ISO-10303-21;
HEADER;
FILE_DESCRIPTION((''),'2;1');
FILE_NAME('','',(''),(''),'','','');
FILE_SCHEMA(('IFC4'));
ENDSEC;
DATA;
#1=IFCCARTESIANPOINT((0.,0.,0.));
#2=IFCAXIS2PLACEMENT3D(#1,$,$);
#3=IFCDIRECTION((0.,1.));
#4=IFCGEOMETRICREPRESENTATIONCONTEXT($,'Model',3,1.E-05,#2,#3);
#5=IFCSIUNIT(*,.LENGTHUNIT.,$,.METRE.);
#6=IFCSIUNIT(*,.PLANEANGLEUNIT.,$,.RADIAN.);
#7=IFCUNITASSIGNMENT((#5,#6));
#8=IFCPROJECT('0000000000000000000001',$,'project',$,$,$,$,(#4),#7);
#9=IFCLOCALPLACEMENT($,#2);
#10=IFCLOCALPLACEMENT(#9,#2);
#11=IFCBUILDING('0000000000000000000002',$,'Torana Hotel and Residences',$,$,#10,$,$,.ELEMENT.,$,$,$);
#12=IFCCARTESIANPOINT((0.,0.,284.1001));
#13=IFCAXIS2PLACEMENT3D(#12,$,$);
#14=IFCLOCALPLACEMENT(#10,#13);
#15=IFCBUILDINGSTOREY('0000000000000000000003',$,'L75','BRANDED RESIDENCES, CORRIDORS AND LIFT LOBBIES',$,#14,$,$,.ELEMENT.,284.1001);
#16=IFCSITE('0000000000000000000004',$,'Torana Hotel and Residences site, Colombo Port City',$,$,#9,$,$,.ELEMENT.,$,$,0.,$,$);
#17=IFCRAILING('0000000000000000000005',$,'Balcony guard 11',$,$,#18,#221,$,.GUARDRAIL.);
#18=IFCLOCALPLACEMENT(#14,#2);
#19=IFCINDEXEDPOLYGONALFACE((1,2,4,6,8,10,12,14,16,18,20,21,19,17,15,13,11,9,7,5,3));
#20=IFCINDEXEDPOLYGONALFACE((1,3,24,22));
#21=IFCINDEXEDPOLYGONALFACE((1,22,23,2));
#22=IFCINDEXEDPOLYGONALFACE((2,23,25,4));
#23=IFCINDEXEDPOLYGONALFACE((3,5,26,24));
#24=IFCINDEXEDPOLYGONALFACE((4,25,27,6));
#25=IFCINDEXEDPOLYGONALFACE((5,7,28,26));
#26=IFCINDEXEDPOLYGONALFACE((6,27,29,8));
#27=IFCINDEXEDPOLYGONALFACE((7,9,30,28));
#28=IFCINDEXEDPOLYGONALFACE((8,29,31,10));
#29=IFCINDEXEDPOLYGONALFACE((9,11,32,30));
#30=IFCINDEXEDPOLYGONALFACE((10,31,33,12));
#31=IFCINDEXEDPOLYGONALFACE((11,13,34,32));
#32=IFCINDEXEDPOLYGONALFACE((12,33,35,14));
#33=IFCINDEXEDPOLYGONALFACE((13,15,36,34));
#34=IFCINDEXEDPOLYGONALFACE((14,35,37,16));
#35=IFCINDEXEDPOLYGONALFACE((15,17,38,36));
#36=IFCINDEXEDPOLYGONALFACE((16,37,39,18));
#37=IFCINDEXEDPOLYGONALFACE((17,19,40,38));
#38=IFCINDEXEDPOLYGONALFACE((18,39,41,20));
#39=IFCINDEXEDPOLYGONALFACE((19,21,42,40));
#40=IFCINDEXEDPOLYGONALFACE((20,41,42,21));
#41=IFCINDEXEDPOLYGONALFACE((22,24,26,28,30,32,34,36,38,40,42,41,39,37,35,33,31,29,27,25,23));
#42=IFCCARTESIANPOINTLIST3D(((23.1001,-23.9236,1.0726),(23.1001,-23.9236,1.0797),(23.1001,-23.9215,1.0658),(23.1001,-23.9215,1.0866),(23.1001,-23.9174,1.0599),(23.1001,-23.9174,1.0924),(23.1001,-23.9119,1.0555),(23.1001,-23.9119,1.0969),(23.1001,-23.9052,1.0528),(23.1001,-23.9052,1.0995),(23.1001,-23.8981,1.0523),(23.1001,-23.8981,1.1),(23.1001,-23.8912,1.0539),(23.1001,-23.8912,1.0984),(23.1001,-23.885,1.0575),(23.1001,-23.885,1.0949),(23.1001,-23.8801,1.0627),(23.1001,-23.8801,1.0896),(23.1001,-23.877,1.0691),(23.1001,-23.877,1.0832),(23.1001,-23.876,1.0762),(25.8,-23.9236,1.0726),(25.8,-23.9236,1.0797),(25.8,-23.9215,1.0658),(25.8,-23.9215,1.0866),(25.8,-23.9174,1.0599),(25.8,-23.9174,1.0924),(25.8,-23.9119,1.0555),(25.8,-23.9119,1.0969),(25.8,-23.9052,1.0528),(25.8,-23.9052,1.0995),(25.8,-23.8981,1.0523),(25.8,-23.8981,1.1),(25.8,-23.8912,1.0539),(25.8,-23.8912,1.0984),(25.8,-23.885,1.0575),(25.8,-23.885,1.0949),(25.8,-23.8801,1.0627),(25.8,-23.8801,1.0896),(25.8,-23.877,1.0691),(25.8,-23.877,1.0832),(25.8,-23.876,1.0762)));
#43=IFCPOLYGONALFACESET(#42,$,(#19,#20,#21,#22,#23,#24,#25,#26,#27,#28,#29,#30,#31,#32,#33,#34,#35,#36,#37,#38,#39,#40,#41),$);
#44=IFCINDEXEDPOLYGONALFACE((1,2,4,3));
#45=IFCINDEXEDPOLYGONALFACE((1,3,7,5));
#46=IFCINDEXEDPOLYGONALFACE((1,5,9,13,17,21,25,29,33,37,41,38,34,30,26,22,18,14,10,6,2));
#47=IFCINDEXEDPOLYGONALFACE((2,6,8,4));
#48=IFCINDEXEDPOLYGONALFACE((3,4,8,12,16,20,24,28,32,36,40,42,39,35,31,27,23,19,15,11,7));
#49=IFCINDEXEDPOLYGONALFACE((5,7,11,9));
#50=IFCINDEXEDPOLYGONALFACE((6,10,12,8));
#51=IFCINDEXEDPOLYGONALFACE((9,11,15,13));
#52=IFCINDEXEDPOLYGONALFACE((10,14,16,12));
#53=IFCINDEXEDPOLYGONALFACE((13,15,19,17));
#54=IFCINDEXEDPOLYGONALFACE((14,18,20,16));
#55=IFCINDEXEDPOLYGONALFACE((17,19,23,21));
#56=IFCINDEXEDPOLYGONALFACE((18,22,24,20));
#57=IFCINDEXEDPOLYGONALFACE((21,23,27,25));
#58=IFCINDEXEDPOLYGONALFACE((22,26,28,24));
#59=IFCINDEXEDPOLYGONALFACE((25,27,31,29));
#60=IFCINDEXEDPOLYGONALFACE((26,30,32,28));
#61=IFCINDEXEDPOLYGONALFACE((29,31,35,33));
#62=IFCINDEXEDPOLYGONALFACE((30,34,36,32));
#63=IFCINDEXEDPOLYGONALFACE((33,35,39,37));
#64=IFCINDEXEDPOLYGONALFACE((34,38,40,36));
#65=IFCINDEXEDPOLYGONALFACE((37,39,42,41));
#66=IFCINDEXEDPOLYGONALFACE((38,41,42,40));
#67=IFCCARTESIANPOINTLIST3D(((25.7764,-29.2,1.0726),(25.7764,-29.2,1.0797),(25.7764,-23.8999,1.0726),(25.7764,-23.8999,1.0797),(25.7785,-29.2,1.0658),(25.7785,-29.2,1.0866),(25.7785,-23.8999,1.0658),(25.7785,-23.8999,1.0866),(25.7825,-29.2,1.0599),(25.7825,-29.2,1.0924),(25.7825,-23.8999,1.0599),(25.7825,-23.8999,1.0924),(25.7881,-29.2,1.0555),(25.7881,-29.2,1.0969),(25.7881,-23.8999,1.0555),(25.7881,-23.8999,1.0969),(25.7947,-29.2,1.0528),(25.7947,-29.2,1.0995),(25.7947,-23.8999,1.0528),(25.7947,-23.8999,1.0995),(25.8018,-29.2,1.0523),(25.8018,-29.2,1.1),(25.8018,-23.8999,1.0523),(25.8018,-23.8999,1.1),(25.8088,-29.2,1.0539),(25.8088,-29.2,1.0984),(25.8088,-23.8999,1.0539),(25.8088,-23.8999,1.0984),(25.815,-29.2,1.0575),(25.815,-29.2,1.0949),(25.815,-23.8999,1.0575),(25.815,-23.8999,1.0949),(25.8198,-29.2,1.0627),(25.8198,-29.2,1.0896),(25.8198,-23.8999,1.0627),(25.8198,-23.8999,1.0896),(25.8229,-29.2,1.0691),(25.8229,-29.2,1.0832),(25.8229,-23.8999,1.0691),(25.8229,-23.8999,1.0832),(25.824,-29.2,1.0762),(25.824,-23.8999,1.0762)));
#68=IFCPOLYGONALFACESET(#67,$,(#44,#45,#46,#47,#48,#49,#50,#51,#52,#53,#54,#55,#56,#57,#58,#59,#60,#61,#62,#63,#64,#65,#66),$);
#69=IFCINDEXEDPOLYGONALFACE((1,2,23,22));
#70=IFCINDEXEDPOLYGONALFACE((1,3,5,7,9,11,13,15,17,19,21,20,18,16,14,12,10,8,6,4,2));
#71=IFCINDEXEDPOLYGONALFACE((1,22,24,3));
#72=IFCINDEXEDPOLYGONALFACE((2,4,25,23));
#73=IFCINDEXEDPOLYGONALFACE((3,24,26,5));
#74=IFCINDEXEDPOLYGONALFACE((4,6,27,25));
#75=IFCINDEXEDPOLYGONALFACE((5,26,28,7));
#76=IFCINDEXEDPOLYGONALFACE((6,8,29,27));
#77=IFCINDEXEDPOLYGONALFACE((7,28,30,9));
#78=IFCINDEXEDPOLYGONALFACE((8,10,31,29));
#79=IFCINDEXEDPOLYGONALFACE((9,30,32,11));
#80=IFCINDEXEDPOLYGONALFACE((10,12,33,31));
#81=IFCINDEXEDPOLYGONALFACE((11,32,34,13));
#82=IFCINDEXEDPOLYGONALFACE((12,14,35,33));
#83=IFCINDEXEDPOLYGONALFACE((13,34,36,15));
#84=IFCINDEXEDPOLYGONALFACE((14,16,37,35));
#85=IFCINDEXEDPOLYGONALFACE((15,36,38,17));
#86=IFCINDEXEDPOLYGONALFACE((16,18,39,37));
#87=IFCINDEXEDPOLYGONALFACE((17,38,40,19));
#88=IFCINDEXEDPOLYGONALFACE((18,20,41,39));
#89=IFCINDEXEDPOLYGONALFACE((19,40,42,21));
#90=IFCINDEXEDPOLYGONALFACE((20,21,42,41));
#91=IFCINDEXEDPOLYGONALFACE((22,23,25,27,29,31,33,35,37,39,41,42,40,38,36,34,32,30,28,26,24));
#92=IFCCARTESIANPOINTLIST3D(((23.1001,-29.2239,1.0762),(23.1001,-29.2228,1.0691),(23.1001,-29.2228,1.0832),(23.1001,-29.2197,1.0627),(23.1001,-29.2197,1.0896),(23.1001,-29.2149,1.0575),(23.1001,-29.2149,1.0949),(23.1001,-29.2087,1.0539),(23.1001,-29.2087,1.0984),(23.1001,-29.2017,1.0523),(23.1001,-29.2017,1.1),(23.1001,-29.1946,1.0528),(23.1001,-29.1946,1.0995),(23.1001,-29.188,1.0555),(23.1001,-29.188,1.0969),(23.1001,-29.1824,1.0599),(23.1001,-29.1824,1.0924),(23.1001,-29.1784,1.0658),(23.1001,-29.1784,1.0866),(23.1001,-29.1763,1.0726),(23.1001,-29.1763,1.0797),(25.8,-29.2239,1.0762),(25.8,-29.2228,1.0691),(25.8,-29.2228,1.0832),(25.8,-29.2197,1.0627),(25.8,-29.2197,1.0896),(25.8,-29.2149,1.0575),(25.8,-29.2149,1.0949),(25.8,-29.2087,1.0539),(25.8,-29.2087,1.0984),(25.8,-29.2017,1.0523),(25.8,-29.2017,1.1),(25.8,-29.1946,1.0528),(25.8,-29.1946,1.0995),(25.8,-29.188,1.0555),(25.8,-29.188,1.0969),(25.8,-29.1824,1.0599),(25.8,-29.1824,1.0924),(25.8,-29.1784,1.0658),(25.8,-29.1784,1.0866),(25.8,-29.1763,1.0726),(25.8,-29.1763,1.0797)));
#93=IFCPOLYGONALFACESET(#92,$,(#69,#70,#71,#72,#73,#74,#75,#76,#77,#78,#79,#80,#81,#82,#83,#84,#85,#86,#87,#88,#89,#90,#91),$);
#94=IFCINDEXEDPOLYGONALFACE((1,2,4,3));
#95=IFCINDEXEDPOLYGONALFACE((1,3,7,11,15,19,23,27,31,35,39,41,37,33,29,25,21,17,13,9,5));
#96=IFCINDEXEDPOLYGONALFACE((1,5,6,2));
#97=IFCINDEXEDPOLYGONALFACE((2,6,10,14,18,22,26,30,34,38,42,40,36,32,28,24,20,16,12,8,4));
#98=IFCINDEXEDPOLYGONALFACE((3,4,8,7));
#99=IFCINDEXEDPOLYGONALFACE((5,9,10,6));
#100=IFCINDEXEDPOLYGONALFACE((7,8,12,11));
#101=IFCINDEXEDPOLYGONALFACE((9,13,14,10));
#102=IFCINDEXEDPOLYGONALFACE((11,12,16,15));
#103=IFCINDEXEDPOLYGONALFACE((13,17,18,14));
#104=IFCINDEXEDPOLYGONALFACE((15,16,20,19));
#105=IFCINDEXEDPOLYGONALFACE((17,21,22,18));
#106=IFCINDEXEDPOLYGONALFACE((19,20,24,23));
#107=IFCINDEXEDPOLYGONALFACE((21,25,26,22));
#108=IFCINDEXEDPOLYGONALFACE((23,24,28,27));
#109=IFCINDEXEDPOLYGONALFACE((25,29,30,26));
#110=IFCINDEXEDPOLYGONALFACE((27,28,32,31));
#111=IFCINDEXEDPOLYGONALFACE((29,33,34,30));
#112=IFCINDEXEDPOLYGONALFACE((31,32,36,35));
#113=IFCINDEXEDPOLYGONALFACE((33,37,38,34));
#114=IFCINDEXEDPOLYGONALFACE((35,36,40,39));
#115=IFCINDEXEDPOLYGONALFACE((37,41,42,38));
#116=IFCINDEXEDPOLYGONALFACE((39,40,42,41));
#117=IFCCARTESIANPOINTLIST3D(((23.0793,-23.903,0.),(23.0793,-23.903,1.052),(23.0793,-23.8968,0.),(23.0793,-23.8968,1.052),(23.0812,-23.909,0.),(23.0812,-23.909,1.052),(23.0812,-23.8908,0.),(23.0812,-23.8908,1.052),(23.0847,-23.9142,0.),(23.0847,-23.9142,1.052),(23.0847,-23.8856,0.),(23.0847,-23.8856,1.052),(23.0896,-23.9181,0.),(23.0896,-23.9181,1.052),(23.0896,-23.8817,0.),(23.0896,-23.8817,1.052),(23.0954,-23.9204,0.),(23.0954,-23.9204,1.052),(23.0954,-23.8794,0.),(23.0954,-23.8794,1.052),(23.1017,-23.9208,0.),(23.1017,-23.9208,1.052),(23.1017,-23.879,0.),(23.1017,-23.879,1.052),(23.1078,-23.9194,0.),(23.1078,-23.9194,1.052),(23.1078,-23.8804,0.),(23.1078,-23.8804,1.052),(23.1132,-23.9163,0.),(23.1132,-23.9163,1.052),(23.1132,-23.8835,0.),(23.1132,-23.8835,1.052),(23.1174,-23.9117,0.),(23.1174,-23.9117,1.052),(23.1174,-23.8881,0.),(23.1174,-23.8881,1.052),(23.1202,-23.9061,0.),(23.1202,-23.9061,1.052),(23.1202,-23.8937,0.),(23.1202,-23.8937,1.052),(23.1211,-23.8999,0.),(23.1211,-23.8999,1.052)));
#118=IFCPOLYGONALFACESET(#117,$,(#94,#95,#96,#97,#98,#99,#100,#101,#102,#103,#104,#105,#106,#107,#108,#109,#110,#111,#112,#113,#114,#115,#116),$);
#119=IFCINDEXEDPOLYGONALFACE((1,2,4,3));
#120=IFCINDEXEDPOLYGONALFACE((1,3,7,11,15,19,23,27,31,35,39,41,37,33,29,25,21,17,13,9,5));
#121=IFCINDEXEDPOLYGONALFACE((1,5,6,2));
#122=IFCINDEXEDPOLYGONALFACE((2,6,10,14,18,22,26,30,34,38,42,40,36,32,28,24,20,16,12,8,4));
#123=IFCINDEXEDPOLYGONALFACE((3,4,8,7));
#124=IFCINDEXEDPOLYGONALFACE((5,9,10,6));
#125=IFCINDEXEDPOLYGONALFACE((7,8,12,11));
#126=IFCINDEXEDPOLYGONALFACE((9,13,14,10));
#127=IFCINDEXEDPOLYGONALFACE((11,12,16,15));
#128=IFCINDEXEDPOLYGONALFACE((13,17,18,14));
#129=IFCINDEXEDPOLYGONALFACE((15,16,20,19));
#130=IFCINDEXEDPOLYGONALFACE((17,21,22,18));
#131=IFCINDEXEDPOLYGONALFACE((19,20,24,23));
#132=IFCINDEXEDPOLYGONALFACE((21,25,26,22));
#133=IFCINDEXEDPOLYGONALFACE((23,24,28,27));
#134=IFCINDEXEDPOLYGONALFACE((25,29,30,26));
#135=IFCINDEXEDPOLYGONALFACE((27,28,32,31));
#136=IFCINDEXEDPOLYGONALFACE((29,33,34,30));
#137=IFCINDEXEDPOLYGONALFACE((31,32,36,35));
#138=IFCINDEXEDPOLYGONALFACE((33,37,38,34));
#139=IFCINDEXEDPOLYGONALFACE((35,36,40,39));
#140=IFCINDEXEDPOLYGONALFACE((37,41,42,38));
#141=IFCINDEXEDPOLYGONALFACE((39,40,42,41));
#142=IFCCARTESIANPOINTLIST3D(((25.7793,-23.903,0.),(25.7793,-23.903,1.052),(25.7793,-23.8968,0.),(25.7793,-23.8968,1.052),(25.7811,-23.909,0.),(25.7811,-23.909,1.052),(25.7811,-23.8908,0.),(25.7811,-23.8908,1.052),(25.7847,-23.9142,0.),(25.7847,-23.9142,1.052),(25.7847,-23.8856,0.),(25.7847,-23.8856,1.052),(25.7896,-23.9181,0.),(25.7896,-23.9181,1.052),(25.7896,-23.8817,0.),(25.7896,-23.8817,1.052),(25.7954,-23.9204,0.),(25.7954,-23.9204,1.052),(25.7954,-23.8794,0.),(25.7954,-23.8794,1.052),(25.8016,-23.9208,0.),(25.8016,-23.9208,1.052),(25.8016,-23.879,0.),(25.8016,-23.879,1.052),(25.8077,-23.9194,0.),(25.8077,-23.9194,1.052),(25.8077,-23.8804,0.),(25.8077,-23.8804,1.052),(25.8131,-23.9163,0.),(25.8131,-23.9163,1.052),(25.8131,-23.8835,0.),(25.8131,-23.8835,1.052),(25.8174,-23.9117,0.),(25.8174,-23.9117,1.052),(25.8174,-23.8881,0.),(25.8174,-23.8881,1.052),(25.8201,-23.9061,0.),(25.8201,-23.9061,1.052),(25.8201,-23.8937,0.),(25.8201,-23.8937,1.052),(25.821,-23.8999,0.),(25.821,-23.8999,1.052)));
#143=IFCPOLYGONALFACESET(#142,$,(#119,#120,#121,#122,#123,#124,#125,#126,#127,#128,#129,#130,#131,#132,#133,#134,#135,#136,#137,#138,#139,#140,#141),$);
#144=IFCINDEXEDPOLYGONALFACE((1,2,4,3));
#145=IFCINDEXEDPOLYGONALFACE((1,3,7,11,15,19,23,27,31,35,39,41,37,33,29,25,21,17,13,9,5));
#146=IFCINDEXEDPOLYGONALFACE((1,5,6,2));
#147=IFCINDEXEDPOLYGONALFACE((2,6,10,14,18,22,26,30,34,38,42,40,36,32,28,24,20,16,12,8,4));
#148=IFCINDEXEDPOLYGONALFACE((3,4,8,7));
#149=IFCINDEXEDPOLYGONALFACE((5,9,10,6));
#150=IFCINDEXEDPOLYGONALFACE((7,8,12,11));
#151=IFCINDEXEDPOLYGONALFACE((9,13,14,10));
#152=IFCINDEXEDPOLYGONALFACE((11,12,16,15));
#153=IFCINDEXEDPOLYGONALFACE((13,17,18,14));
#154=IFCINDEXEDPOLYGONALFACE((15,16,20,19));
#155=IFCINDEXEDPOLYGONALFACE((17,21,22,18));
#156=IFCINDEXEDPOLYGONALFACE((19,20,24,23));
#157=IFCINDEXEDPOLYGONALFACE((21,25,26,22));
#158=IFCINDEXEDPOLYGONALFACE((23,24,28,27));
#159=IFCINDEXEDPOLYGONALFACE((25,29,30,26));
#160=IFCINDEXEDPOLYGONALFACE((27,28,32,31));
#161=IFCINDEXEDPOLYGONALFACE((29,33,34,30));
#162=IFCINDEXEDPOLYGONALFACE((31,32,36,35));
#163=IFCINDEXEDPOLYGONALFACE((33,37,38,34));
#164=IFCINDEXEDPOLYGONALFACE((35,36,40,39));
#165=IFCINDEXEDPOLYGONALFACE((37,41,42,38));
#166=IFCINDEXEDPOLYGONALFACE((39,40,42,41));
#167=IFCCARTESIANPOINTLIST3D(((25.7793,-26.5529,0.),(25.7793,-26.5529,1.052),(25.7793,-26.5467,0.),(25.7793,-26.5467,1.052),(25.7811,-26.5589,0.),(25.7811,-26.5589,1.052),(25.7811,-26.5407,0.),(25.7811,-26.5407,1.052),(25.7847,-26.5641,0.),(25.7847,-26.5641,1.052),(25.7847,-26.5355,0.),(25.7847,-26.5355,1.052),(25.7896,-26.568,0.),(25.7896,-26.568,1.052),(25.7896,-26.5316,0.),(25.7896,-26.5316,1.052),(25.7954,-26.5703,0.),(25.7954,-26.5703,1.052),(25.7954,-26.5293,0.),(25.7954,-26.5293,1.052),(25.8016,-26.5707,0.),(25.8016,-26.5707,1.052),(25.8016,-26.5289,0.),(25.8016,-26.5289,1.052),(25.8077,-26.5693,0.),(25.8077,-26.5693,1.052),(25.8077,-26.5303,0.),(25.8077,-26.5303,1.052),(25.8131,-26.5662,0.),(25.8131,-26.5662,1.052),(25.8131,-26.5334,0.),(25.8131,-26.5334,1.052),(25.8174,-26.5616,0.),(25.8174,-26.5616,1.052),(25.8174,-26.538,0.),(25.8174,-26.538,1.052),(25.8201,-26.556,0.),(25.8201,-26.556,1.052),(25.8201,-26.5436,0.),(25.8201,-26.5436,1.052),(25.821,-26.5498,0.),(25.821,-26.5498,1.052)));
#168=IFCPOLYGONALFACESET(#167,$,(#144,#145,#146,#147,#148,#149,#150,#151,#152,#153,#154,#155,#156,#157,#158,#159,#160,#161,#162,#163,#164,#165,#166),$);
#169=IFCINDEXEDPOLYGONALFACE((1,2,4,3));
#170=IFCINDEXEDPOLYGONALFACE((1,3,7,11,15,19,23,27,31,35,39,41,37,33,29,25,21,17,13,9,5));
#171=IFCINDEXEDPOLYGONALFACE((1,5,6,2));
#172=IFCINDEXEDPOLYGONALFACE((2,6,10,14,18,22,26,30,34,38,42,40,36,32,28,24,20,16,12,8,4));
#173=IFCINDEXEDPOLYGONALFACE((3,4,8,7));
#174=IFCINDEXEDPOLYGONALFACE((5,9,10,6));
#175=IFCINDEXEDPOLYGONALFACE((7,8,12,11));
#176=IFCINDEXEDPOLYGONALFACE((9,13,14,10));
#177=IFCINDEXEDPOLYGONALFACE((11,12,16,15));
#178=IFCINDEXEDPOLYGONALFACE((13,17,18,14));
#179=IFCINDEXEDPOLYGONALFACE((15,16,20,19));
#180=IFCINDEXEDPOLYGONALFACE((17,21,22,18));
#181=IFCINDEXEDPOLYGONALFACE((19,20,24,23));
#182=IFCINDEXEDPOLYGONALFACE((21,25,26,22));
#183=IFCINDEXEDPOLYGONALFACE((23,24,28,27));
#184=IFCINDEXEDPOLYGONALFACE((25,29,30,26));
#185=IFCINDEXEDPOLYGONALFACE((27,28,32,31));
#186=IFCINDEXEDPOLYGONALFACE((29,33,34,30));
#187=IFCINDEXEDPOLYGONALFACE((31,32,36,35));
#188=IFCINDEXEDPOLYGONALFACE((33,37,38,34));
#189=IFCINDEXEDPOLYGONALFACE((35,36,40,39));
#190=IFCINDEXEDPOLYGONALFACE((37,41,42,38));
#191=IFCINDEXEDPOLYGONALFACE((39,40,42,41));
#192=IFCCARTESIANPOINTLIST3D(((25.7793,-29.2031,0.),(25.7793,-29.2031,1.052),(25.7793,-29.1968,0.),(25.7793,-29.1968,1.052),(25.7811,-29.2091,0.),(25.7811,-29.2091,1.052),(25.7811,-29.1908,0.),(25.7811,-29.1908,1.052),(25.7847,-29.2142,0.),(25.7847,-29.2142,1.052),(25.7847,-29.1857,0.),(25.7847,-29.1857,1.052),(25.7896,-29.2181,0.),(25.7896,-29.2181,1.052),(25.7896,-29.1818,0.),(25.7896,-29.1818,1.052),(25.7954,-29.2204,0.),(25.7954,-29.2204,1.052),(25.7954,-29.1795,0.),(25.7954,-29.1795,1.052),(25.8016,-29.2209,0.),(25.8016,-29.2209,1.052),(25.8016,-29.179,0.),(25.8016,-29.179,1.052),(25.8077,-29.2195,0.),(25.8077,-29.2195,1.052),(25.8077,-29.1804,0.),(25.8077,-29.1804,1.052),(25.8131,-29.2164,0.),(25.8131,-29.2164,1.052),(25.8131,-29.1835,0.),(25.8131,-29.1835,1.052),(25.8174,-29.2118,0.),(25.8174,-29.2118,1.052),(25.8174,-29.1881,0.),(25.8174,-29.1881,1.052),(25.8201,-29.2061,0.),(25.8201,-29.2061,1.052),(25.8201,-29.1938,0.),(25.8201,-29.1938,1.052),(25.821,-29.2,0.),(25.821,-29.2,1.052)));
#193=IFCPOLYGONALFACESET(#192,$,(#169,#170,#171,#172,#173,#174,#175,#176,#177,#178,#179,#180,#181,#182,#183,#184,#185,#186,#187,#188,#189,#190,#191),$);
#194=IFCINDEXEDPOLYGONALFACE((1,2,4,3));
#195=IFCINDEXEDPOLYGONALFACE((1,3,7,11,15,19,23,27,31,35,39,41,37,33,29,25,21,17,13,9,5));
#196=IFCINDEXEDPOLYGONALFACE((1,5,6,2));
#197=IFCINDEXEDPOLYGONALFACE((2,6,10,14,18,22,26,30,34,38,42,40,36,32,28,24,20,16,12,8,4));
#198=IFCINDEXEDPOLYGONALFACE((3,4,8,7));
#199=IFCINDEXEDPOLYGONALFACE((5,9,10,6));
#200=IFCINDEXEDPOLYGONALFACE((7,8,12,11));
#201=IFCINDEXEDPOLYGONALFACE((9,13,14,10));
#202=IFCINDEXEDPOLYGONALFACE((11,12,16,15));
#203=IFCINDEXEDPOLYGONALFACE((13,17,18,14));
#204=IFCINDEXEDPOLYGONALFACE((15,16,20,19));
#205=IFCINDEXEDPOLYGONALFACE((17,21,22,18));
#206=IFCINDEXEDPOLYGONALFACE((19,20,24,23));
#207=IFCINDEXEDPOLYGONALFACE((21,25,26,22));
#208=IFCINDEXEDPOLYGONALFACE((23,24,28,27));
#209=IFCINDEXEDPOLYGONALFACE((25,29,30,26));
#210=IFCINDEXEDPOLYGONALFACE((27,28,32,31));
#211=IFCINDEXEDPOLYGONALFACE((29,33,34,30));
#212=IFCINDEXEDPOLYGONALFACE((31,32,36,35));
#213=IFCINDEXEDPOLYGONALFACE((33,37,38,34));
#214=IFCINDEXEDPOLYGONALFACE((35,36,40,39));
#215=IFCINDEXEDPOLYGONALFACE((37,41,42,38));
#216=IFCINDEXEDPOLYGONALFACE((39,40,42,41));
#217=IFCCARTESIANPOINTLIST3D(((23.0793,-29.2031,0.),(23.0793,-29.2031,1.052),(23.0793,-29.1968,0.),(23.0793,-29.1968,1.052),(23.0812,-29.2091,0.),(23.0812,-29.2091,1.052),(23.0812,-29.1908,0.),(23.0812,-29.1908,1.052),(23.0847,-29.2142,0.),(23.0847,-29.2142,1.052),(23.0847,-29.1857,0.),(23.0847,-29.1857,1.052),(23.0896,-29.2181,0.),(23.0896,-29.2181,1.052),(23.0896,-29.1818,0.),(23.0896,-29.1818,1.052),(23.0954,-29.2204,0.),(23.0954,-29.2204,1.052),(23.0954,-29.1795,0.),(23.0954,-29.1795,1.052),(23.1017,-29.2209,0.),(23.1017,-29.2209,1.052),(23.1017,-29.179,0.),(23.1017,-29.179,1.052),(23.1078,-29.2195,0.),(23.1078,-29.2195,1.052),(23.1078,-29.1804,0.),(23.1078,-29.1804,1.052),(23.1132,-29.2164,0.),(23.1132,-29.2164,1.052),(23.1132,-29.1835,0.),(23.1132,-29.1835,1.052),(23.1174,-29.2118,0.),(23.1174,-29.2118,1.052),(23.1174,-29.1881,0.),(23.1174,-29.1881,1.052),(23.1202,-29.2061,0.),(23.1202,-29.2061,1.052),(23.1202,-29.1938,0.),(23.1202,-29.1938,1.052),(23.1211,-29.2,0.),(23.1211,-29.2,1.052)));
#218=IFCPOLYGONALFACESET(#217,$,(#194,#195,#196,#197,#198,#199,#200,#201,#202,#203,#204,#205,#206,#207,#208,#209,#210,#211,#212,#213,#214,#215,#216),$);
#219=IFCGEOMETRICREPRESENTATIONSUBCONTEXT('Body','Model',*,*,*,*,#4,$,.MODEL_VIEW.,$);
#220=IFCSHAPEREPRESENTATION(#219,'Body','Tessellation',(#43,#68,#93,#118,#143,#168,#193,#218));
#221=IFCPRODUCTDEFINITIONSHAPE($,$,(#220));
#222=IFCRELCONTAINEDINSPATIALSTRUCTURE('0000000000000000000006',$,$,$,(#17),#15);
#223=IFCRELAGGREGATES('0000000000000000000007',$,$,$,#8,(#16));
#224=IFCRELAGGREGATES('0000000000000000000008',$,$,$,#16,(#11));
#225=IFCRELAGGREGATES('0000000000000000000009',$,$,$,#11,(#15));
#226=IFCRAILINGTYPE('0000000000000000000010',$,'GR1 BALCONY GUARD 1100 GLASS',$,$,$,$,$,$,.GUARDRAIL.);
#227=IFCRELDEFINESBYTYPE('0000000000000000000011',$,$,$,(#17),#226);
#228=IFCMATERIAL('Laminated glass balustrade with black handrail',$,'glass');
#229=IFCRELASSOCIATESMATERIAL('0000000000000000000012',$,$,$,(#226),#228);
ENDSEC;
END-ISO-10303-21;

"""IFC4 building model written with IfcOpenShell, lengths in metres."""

from ifc_helpers import new_model, si_unit, direction, frame, origin, origin_2d, place, context, subcontext, project, spatial, circle, extrude, material, type_object, element, save


model = new_model("IFC4")

# Units and contexts
model_context = context("Model", 3, precision=1e-05, world=origin(), true_north=direction((0.0, 1.0)))
body_context = subcontext(model_context, "Body", "Model", "MODEL_VIEW")
ifc_project = project(units=[si_unit("LENGTHUNIT", "METRE"), si_unit("PLANEANGLEUNIT", "RADIAN")], contexts=[model_context])

# Site, building, storey
site_placement = place(None, origin())
site = spatial("IfcSite", under=ifc_project, at=site_placement, Name="Torana Hotel and Residences site, Colombo Port City", CompositionType="ELEMENT", RefElevation=0.0)
building_placement = place(site_placement, origin())
building = spatial("IfcBuilding", under=site, at=building_placement, Name="Torana Hotel and Residences", CompositionType="ELEMENT")
storey_placement = place(building_placement, frame((0.0, 0.0, 284.1001)))
storey = spatial("IfcBuildingStorey", under=building, at=storey_placement, Name="L75", Description="BRANDED RESIDENCES, CORRIDORS AND LIFT LOBBIES", CompositionType="ELEMENT", Elevation=284.1001)

# Railing
ifc_material_1 = material(Name="Laminated glass balustrade with black handrail", Category="glass")
railing_type = type_object("IfcRailingType", Name="GR1 BALCONY GUARD 1100 GLASS", PredefinedType="GUARDRAIL", material=ifc_material_1)
railing_1_placement = place(storey_placement, frame((23.1001, -23.8999, 0.0)))
element("IfcRailing", 1, at=railing_1_placement, inside=storey, type_object=railing_type, Name="Balcony guard 11", PredefinedType="GUARDRAIL", context=body_context, shape_type="SweptSolid", body=[
    extrude(circle(Radius=0.0239, at=origin_2d()), frame((0.0, 0.0, 1.0762), z_axis=(1.0, 0.0, 0.0), x_axis=(0.0, 1.0, 0.0)), (0.0, 0.0, 1.0), 2.7),
    extrude(circle(Radius=0.0239, at=origin_2d()), frame((2.7, 0.0, 1.0762), z_axis=(0.0, -1.0, 0.0), x_axis=(1.0, 0.0, 0.0)), (0.0, 0.0, 1.0), 5.3),
    extrude(circle(Radius=0.0239, at=origin_2d()), frame((2.7, -5.3, 1.0762), z_axis=(-1.0, 0.0, 0.0), x_axis=(0.0, -1.0, 0.0)), (0.0, 0.0, 1.0), 2.7),
    extrude(circle(Radius=0.021, at=origin_2d()), origin(), (0.0, 0.0, 1.0), 1.052),
    extrude(circle(Radius=0.021, at=origin_2d()), frame((2.7, 0.0, 0.0)), (0.0, 0.0, 1.0), 1.052),
    extrude(circle(Radius=0.021, at=origin_2d()), frame((2.7, -2.6499, 0.0)), (0.0, 0.0, 1.0), 1.052),
    extrude(circle(Radius=0.021, at=origin_2d()), frame((2.7, -5.3, 0.0)), (0.0, 0.0, 1.0), 1.052),
    extrude(circle(Radius=0.021, at=origin_2d()), frame((0.0, -5.3, 0.0)), (0.0, 0.0, 1.0), 1.052),
])

save(model, "model.ifc")
